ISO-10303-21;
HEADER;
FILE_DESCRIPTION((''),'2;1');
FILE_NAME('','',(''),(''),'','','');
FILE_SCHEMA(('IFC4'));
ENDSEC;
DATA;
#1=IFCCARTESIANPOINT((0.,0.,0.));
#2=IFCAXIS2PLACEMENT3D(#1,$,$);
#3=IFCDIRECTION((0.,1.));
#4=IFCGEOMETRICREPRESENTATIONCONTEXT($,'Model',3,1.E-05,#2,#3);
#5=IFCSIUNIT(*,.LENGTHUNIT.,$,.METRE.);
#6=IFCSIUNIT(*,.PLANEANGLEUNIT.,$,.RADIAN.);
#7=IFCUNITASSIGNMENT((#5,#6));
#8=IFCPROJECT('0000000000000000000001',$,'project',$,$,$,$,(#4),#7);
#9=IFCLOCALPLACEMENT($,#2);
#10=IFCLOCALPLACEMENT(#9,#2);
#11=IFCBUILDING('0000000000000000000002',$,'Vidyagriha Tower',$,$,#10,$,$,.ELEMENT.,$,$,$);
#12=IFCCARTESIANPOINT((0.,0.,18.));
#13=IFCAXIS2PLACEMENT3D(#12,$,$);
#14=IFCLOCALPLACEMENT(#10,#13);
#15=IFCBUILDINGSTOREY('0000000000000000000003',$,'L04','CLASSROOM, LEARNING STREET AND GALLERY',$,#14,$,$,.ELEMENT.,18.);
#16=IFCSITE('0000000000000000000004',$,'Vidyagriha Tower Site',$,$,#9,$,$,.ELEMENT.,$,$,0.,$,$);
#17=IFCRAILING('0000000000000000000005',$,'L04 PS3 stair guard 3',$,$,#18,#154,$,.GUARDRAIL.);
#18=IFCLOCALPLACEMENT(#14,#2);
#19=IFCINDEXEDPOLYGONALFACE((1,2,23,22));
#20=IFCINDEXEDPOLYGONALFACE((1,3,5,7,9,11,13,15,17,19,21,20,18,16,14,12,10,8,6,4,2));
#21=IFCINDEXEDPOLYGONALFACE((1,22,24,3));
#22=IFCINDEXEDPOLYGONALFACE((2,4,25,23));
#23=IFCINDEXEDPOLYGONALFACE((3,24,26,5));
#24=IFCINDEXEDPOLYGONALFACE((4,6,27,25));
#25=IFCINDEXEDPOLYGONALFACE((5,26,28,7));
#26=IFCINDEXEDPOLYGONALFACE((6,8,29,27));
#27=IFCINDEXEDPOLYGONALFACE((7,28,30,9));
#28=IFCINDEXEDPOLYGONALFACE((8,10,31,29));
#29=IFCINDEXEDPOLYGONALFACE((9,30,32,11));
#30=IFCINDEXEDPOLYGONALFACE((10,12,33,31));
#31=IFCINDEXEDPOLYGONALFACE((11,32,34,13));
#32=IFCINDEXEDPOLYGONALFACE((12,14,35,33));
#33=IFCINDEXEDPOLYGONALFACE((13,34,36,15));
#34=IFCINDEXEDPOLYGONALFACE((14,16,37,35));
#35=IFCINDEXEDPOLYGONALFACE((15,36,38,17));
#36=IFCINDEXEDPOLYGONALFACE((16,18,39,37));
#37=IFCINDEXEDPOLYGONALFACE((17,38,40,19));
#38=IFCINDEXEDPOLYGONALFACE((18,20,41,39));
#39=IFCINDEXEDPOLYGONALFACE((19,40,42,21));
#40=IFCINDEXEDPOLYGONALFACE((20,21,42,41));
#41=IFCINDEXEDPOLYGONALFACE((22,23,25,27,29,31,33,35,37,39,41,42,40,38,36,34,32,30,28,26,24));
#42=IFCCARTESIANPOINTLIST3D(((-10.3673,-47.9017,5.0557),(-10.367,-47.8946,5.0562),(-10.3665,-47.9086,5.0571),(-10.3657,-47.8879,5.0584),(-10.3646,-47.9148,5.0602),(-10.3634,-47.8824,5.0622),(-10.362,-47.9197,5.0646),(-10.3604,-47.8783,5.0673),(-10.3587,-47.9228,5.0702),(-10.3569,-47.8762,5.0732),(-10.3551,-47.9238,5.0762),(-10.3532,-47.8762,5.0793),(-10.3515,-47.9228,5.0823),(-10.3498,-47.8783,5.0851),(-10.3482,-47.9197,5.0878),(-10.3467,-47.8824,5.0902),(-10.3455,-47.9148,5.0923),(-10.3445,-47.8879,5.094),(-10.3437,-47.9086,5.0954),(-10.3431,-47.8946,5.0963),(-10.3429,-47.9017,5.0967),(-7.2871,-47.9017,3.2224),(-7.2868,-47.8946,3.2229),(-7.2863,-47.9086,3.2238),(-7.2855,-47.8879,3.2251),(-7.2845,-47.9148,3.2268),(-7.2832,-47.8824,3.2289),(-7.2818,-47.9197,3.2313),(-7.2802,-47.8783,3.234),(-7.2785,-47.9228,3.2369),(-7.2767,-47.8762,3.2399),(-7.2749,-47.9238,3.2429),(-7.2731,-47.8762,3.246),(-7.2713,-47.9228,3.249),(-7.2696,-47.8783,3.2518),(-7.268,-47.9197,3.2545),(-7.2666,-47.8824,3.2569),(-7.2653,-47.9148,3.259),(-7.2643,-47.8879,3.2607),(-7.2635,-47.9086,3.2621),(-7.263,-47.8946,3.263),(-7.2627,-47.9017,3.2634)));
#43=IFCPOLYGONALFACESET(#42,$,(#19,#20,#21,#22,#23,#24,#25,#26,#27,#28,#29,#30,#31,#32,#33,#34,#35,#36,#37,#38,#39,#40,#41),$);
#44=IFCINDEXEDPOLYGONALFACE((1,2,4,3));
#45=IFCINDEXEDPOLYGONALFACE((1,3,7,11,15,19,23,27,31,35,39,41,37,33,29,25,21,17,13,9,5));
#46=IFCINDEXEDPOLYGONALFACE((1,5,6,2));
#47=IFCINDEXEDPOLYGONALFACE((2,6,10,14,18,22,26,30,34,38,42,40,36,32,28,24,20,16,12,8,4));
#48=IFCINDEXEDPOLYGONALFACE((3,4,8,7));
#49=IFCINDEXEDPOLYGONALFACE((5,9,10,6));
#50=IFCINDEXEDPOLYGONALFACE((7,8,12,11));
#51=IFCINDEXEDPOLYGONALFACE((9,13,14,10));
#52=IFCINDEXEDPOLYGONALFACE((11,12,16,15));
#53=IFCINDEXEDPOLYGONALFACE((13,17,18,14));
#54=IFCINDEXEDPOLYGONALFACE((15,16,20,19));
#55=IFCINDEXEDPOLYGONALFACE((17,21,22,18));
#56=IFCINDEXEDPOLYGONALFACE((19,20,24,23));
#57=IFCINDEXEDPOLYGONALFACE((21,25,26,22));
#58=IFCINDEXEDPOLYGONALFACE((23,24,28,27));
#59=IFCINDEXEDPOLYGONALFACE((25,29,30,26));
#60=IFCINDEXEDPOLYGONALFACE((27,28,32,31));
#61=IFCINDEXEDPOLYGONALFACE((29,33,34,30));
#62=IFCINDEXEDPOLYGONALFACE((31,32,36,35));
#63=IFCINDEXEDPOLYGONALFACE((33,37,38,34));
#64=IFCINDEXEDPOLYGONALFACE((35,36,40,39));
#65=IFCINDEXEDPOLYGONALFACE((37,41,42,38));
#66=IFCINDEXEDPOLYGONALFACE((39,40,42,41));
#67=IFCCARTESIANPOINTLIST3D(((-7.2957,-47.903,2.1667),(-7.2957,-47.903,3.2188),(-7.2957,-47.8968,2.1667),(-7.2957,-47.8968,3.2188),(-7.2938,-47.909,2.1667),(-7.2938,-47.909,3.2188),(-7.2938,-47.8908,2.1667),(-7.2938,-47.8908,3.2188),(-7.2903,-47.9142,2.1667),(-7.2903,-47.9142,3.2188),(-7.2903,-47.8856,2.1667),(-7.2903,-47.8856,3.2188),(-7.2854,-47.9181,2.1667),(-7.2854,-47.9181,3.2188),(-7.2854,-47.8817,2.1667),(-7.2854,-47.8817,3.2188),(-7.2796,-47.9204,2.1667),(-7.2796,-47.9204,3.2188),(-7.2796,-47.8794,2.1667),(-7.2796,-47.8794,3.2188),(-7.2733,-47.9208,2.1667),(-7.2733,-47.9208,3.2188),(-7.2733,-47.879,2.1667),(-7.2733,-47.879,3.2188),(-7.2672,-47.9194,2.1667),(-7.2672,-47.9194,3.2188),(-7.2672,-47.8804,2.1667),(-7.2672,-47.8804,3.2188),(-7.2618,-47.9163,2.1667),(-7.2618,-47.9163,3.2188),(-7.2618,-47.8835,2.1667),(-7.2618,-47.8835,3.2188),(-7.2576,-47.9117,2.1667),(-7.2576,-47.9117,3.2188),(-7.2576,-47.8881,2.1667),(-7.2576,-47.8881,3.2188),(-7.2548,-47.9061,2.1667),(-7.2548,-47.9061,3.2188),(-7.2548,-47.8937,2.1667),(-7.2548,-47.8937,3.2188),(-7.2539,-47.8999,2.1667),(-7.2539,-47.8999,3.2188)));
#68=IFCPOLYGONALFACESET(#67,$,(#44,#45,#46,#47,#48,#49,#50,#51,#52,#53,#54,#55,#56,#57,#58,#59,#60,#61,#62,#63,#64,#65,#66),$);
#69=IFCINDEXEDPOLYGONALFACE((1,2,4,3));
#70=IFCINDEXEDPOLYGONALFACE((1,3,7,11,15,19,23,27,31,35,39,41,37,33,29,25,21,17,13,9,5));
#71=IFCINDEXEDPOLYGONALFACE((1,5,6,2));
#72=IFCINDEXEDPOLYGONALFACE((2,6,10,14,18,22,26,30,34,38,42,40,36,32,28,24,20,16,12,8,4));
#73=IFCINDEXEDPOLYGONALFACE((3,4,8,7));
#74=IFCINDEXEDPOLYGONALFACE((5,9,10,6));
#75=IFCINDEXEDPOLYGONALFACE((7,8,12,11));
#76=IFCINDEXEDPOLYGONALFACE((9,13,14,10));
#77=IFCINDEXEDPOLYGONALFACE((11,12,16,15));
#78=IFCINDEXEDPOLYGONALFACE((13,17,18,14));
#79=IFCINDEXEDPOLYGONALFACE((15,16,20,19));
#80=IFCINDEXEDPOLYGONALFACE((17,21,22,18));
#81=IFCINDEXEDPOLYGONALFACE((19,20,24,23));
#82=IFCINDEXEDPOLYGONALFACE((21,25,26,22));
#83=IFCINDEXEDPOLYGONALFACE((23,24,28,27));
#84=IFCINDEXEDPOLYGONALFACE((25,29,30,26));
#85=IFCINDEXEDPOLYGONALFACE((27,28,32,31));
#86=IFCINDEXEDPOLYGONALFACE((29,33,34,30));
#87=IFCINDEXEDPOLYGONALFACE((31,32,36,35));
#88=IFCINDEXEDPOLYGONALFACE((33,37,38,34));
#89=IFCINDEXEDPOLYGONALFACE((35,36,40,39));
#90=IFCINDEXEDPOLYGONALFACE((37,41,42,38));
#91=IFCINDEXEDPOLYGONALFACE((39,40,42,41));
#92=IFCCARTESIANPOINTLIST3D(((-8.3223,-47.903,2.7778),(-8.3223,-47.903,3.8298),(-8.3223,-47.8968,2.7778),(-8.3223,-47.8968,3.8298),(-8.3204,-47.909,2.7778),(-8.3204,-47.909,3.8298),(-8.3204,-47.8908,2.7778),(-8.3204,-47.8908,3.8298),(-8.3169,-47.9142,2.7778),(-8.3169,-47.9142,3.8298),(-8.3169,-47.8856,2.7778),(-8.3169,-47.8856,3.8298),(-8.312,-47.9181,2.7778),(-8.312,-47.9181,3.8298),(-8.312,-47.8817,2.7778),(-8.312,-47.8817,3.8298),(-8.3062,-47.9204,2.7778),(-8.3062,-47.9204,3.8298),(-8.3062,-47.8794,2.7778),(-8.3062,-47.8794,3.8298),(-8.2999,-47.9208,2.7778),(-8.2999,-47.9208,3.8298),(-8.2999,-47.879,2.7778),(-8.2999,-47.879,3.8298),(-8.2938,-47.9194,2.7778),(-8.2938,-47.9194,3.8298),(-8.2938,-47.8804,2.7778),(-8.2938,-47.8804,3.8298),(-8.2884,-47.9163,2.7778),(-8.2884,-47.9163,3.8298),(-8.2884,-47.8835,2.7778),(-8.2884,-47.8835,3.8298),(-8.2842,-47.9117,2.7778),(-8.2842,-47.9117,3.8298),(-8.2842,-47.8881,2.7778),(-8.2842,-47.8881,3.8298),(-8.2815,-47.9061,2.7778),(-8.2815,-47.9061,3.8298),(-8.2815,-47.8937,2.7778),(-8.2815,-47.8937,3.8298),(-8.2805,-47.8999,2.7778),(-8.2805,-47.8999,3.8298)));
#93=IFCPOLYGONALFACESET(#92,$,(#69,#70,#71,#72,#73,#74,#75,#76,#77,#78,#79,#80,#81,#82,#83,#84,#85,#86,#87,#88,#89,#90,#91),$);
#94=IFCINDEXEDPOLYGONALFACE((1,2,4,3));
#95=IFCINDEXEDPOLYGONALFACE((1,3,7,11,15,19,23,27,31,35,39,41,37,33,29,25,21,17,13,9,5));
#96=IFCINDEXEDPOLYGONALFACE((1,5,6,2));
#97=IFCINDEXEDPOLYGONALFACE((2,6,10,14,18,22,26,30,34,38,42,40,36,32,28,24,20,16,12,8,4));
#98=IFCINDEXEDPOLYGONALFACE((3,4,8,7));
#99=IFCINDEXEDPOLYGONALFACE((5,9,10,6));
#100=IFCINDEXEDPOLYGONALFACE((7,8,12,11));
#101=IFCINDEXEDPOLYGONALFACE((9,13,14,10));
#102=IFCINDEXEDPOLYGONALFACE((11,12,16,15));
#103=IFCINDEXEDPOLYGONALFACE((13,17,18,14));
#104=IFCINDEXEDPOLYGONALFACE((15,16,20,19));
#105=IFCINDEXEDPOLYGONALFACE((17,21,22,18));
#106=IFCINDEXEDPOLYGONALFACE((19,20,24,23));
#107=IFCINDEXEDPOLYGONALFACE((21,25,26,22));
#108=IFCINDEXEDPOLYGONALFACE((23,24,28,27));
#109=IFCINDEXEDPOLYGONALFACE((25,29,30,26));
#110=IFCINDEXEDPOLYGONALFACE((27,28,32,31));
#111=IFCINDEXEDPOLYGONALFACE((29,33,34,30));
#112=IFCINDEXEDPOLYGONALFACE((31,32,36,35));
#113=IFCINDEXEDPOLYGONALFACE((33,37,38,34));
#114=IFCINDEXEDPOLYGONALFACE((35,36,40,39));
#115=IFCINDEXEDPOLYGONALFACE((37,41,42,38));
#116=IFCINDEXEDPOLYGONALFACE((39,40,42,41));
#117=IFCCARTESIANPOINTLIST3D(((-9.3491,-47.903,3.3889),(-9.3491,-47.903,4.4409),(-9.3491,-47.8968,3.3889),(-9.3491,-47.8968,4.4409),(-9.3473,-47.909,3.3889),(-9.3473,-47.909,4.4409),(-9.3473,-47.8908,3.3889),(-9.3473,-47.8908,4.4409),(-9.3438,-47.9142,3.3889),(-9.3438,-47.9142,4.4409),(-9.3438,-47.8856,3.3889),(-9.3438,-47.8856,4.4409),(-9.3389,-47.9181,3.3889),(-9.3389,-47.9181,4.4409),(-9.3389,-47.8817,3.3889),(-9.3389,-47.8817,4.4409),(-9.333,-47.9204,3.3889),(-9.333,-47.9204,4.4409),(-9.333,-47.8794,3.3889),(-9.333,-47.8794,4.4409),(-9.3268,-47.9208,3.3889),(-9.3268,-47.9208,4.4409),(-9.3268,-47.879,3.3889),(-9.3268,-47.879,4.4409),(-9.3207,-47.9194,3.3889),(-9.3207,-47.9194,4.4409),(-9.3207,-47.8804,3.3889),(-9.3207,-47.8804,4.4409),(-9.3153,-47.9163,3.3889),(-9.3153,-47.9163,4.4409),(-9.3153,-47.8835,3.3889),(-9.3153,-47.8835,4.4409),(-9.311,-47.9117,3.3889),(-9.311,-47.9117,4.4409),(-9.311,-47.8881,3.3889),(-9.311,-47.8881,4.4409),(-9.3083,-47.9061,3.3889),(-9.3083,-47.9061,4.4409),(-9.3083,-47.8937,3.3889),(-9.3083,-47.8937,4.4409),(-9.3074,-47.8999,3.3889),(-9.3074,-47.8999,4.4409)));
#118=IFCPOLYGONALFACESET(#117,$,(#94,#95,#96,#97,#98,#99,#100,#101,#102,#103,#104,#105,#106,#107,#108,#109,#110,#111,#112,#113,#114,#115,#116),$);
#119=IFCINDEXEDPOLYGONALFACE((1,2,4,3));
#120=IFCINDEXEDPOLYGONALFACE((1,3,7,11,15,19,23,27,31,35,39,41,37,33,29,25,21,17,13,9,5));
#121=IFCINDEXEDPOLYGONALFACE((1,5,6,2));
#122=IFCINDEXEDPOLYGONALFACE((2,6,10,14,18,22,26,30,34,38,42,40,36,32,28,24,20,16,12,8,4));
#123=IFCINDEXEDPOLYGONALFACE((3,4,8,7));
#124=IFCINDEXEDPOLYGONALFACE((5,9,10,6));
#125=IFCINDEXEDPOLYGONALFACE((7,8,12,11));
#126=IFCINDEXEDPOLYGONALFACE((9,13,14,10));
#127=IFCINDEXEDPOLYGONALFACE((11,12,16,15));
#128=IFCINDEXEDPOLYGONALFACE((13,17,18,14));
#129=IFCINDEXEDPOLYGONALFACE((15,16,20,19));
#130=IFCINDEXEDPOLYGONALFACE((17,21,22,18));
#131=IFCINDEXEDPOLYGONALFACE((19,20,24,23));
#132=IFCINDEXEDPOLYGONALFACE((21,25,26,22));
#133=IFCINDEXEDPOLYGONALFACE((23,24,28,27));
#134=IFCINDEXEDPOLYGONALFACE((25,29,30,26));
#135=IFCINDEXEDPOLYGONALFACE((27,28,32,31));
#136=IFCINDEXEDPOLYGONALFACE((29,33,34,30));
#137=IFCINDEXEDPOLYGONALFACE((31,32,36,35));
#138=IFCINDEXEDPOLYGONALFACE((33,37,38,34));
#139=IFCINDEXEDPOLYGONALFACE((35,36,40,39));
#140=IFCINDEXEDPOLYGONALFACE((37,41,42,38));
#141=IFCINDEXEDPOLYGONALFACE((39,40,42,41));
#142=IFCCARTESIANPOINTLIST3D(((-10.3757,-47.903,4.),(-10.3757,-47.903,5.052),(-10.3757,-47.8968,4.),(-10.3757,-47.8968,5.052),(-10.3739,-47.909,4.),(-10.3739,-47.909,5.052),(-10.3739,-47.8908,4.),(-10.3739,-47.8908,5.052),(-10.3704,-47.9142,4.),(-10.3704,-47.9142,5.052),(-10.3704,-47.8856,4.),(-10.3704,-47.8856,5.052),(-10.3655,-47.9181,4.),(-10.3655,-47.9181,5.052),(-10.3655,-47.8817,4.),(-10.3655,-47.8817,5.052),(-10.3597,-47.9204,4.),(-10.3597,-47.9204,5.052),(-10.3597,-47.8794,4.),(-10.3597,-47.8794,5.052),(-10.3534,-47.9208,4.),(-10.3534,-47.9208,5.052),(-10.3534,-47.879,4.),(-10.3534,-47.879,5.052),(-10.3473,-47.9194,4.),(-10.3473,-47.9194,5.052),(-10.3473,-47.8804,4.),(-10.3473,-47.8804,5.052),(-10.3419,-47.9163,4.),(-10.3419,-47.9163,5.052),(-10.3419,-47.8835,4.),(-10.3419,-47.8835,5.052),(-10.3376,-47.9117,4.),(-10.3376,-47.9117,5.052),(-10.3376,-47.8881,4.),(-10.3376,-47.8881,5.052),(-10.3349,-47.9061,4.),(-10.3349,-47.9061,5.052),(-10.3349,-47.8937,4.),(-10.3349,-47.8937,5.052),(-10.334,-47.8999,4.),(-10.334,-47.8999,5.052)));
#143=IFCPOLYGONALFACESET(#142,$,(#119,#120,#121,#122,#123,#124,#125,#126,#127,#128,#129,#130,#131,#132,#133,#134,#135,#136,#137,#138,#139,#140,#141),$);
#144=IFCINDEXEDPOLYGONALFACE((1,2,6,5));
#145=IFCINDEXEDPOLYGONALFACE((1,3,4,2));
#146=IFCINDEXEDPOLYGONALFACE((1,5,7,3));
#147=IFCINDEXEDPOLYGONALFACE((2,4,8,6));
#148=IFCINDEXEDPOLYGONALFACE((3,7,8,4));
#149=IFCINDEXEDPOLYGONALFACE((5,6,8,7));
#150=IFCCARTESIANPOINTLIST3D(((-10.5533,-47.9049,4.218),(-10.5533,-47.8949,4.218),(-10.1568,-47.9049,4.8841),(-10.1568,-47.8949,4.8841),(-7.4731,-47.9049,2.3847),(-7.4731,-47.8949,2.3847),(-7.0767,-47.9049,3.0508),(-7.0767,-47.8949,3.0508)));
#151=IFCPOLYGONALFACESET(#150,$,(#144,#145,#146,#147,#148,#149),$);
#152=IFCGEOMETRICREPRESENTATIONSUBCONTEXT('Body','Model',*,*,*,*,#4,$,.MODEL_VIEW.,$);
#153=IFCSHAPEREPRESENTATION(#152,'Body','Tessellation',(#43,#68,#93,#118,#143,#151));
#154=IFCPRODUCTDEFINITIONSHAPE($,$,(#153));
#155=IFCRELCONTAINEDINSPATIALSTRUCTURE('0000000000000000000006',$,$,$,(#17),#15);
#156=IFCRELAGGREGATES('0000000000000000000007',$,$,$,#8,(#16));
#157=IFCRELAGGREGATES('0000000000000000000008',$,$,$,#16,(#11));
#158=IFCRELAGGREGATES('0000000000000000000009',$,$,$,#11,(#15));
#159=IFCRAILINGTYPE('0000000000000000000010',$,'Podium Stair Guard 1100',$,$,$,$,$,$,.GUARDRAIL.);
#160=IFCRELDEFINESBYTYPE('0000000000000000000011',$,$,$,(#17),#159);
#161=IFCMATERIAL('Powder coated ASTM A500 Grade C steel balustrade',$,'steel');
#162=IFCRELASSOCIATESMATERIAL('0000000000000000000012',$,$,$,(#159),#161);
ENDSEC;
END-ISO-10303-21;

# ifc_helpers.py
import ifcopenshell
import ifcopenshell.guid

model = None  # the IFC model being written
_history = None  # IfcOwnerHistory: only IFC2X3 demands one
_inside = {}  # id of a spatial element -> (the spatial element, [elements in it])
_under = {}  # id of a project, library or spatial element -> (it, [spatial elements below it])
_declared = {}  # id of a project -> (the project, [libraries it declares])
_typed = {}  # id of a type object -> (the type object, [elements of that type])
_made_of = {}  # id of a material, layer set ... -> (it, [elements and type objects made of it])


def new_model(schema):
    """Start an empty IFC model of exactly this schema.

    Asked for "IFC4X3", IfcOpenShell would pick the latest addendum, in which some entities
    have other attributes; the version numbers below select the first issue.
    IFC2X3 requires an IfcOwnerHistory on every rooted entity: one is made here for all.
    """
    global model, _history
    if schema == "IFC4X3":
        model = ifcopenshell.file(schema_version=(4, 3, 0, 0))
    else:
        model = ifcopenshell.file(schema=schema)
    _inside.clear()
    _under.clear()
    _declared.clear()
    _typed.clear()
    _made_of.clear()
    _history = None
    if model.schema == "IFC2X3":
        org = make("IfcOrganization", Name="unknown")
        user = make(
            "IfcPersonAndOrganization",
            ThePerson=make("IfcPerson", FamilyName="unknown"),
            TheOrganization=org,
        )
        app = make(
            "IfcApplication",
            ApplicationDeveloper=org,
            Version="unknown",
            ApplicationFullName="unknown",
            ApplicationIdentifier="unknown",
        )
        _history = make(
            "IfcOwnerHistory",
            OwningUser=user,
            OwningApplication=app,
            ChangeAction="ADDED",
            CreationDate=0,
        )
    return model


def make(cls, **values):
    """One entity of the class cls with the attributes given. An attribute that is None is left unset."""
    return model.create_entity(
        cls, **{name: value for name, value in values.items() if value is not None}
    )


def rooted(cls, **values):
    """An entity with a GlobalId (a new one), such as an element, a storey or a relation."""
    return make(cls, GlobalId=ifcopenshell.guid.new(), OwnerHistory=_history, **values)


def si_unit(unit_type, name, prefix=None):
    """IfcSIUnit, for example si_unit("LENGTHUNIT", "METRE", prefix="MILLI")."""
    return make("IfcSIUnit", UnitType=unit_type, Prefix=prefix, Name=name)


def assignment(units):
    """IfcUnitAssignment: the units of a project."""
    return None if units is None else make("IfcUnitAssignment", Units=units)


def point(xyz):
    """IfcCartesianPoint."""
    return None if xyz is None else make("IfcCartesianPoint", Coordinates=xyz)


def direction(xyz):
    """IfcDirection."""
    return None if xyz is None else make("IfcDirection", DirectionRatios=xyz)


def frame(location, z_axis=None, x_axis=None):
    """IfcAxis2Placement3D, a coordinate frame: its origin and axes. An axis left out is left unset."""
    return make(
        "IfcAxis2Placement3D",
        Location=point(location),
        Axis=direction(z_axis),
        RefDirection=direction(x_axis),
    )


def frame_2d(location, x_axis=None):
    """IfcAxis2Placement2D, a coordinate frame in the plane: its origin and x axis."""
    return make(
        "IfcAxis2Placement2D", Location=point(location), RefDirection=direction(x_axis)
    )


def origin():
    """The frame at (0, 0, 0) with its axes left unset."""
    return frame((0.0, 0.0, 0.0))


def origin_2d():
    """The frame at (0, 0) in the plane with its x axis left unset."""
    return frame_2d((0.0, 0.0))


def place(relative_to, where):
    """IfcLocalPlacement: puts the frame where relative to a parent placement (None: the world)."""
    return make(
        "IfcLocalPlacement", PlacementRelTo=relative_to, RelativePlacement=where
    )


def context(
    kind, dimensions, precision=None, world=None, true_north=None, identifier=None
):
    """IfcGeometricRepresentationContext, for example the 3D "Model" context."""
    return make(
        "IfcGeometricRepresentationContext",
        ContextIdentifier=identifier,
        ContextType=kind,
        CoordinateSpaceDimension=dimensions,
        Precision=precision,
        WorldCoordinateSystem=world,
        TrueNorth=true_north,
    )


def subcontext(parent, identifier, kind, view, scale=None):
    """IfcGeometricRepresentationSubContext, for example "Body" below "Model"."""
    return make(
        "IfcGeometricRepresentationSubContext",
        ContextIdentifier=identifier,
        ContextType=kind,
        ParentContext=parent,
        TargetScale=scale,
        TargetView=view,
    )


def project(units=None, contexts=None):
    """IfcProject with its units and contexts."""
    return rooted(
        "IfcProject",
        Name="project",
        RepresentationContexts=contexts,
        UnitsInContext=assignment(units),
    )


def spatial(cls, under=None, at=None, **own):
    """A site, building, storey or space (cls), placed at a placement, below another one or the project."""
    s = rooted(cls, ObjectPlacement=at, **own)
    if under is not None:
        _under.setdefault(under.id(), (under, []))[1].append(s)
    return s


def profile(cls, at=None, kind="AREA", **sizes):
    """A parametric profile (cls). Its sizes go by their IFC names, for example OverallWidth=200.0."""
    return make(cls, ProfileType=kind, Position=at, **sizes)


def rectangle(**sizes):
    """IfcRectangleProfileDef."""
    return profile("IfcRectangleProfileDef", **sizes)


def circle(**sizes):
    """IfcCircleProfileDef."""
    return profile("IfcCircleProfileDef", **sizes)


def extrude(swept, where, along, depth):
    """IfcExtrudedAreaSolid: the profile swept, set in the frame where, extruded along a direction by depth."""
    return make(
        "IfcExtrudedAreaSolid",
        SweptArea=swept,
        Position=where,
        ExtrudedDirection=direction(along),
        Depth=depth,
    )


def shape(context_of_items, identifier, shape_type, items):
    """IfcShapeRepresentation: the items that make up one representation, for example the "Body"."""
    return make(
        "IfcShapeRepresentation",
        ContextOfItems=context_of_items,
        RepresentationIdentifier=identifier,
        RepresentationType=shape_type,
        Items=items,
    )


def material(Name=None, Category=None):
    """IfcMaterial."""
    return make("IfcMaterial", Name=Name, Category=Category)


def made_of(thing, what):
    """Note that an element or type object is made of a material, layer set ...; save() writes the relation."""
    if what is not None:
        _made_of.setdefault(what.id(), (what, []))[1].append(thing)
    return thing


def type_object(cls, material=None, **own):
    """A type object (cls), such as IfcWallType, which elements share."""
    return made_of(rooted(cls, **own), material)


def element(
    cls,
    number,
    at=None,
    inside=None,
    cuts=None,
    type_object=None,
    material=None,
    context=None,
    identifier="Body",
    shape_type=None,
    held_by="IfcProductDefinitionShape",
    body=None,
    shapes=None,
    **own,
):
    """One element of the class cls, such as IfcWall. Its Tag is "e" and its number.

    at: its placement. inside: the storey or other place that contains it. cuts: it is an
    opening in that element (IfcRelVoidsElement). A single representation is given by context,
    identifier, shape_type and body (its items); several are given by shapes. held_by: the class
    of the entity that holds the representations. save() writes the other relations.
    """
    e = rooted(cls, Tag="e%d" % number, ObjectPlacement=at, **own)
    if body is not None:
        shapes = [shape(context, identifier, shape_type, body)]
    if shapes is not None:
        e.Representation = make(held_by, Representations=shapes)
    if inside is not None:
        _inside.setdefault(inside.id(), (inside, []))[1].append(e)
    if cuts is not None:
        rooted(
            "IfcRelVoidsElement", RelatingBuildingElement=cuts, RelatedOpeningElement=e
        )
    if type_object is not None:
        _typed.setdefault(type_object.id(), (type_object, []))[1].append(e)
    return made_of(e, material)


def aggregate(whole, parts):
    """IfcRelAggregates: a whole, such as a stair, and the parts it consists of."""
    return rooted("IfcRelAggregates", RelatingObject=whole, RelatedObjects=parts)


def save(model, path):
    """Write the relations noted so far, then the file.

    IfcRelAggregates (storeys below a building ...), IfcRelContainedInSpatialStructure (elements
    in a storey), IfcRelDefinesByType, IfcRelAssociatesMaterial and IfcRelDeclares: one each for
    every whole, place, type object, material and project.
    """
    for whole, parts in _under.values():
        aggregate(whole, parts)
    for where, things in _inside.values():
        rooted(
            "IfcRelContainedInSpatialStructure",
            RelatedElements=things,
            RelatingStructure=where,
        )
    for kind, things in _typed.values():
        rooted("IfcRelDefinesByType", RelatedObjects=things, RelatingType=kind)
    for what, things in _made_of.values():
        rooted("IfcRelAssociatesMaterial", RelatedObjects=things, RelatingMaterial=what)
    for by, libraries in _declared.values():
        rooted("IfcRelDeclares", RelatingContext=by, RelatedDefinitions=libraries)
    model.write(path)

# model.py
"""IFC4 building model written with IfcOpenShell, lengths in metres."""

from ifc_helpers import new_model, si_unit, direction, frame, origin, origin_2d, place, context, subcontext, project, spatial, rectangle, circle, extrude, material, type_object, element, save


model = new_model("IFC4")

# Units and contexts
model_context = context("Model", 3, precision=1e-05, world=origin(), true_north=direction((0.0, 1.0)))
body_context = subcontext(model_context, "Body", "Model", "MODEL_VIEW")
ifc_project = project(units=[si_unit("LENGTHUNIT", "METRE"), si_unit("PLANEANGLEUNIT", "RADIAN")], contexts=[model_context])

# Site, building, storey
site_placement = place(None, origin())
site = spatial("IfcSite", under=ifc_project, at=site_placement, Name="Vidyagriha Tower Site", CompositionType="ELEMENT", RefElevation=0.0)
building_placement = place(site_placement, origin())
building = spatial("IfcBuilding", under=site, at=building_placement, Name="Vidyagriha Tower", CompositionType="ELEMENT")
storey_placement = place(building_placement, frame((0.0, 0.0, 18.0)))
storey = spatial("IfcBuildingStorey", under=building, at=storey_placement, Name="L04", Description="CLASSROOM, LEARNING STREET AND GALLERY", CompositionType="ELEMENT", Elevation=18.0)

# Railing
ifc_material_1 = material(Name="Powder coated ASTM A500 Grade C steel balustrade", Category="steel")
railing_type_1 = type_object("IfcRailingType", Name="Podium Stair Guard 1100", PredefinedType="GUARDRAIL", material=ifc_material_1)
railing_1_placement = place(storey_placement, frame((-7.2749, -47.8999, 2.1667)))
element("IfcRailing", 1, at=railing_1_placement, inside=storey, type_object=railing_type_1, Name="L04 PS3 stair guard 3", PredefinedType="GUARDRAIL", context=body_context, shape_type="SweptSolid", body=[
    extrude(circle(Radius=0.0239, at=origin_2d()), frame((0.0, 0.0, 1.0762), z_axis=(-0.859309, 0.0, 0.511458), x_axis=(0.0, -1.0, 0.0)), (0.0, 0.0, 1.0), 3.5845),
    extrude(circle(Radius=0.021, at=origin_2d()), origin(), (0.0, 0.0, 1.0), 1.052),
    extrude(circle(Radius=0.021, at=origin_2d()), frame((-1.0266, 0.0, 0.6111)), (0.0, 0.0, 1.0), 1.052),
    extrude(circle(Radius=0.021, at=origin_2d()), frame((-2.0535, 0.0, 1.2222)), (0.0, 0.0, 1.0), 1.052),
    extrude(circle(Radius=0.021, at=origin_2d()), frame((-3.0801, 0.0, 1.8333)), (0.0, 0.0, 1.0), 1.052),
    extrude(rectangle(XDim=0.01, YDim=0.7751, at=origin_2d()), frame((0.0, 0.0, 0.551), z_axis=(-0.859309, 0.0, 0.511458), x_axis=(0.0, -1.0, 0.0)), (0.0, 0.0, 1.0), 3.5845),
])

save(model, "model.ifc")
